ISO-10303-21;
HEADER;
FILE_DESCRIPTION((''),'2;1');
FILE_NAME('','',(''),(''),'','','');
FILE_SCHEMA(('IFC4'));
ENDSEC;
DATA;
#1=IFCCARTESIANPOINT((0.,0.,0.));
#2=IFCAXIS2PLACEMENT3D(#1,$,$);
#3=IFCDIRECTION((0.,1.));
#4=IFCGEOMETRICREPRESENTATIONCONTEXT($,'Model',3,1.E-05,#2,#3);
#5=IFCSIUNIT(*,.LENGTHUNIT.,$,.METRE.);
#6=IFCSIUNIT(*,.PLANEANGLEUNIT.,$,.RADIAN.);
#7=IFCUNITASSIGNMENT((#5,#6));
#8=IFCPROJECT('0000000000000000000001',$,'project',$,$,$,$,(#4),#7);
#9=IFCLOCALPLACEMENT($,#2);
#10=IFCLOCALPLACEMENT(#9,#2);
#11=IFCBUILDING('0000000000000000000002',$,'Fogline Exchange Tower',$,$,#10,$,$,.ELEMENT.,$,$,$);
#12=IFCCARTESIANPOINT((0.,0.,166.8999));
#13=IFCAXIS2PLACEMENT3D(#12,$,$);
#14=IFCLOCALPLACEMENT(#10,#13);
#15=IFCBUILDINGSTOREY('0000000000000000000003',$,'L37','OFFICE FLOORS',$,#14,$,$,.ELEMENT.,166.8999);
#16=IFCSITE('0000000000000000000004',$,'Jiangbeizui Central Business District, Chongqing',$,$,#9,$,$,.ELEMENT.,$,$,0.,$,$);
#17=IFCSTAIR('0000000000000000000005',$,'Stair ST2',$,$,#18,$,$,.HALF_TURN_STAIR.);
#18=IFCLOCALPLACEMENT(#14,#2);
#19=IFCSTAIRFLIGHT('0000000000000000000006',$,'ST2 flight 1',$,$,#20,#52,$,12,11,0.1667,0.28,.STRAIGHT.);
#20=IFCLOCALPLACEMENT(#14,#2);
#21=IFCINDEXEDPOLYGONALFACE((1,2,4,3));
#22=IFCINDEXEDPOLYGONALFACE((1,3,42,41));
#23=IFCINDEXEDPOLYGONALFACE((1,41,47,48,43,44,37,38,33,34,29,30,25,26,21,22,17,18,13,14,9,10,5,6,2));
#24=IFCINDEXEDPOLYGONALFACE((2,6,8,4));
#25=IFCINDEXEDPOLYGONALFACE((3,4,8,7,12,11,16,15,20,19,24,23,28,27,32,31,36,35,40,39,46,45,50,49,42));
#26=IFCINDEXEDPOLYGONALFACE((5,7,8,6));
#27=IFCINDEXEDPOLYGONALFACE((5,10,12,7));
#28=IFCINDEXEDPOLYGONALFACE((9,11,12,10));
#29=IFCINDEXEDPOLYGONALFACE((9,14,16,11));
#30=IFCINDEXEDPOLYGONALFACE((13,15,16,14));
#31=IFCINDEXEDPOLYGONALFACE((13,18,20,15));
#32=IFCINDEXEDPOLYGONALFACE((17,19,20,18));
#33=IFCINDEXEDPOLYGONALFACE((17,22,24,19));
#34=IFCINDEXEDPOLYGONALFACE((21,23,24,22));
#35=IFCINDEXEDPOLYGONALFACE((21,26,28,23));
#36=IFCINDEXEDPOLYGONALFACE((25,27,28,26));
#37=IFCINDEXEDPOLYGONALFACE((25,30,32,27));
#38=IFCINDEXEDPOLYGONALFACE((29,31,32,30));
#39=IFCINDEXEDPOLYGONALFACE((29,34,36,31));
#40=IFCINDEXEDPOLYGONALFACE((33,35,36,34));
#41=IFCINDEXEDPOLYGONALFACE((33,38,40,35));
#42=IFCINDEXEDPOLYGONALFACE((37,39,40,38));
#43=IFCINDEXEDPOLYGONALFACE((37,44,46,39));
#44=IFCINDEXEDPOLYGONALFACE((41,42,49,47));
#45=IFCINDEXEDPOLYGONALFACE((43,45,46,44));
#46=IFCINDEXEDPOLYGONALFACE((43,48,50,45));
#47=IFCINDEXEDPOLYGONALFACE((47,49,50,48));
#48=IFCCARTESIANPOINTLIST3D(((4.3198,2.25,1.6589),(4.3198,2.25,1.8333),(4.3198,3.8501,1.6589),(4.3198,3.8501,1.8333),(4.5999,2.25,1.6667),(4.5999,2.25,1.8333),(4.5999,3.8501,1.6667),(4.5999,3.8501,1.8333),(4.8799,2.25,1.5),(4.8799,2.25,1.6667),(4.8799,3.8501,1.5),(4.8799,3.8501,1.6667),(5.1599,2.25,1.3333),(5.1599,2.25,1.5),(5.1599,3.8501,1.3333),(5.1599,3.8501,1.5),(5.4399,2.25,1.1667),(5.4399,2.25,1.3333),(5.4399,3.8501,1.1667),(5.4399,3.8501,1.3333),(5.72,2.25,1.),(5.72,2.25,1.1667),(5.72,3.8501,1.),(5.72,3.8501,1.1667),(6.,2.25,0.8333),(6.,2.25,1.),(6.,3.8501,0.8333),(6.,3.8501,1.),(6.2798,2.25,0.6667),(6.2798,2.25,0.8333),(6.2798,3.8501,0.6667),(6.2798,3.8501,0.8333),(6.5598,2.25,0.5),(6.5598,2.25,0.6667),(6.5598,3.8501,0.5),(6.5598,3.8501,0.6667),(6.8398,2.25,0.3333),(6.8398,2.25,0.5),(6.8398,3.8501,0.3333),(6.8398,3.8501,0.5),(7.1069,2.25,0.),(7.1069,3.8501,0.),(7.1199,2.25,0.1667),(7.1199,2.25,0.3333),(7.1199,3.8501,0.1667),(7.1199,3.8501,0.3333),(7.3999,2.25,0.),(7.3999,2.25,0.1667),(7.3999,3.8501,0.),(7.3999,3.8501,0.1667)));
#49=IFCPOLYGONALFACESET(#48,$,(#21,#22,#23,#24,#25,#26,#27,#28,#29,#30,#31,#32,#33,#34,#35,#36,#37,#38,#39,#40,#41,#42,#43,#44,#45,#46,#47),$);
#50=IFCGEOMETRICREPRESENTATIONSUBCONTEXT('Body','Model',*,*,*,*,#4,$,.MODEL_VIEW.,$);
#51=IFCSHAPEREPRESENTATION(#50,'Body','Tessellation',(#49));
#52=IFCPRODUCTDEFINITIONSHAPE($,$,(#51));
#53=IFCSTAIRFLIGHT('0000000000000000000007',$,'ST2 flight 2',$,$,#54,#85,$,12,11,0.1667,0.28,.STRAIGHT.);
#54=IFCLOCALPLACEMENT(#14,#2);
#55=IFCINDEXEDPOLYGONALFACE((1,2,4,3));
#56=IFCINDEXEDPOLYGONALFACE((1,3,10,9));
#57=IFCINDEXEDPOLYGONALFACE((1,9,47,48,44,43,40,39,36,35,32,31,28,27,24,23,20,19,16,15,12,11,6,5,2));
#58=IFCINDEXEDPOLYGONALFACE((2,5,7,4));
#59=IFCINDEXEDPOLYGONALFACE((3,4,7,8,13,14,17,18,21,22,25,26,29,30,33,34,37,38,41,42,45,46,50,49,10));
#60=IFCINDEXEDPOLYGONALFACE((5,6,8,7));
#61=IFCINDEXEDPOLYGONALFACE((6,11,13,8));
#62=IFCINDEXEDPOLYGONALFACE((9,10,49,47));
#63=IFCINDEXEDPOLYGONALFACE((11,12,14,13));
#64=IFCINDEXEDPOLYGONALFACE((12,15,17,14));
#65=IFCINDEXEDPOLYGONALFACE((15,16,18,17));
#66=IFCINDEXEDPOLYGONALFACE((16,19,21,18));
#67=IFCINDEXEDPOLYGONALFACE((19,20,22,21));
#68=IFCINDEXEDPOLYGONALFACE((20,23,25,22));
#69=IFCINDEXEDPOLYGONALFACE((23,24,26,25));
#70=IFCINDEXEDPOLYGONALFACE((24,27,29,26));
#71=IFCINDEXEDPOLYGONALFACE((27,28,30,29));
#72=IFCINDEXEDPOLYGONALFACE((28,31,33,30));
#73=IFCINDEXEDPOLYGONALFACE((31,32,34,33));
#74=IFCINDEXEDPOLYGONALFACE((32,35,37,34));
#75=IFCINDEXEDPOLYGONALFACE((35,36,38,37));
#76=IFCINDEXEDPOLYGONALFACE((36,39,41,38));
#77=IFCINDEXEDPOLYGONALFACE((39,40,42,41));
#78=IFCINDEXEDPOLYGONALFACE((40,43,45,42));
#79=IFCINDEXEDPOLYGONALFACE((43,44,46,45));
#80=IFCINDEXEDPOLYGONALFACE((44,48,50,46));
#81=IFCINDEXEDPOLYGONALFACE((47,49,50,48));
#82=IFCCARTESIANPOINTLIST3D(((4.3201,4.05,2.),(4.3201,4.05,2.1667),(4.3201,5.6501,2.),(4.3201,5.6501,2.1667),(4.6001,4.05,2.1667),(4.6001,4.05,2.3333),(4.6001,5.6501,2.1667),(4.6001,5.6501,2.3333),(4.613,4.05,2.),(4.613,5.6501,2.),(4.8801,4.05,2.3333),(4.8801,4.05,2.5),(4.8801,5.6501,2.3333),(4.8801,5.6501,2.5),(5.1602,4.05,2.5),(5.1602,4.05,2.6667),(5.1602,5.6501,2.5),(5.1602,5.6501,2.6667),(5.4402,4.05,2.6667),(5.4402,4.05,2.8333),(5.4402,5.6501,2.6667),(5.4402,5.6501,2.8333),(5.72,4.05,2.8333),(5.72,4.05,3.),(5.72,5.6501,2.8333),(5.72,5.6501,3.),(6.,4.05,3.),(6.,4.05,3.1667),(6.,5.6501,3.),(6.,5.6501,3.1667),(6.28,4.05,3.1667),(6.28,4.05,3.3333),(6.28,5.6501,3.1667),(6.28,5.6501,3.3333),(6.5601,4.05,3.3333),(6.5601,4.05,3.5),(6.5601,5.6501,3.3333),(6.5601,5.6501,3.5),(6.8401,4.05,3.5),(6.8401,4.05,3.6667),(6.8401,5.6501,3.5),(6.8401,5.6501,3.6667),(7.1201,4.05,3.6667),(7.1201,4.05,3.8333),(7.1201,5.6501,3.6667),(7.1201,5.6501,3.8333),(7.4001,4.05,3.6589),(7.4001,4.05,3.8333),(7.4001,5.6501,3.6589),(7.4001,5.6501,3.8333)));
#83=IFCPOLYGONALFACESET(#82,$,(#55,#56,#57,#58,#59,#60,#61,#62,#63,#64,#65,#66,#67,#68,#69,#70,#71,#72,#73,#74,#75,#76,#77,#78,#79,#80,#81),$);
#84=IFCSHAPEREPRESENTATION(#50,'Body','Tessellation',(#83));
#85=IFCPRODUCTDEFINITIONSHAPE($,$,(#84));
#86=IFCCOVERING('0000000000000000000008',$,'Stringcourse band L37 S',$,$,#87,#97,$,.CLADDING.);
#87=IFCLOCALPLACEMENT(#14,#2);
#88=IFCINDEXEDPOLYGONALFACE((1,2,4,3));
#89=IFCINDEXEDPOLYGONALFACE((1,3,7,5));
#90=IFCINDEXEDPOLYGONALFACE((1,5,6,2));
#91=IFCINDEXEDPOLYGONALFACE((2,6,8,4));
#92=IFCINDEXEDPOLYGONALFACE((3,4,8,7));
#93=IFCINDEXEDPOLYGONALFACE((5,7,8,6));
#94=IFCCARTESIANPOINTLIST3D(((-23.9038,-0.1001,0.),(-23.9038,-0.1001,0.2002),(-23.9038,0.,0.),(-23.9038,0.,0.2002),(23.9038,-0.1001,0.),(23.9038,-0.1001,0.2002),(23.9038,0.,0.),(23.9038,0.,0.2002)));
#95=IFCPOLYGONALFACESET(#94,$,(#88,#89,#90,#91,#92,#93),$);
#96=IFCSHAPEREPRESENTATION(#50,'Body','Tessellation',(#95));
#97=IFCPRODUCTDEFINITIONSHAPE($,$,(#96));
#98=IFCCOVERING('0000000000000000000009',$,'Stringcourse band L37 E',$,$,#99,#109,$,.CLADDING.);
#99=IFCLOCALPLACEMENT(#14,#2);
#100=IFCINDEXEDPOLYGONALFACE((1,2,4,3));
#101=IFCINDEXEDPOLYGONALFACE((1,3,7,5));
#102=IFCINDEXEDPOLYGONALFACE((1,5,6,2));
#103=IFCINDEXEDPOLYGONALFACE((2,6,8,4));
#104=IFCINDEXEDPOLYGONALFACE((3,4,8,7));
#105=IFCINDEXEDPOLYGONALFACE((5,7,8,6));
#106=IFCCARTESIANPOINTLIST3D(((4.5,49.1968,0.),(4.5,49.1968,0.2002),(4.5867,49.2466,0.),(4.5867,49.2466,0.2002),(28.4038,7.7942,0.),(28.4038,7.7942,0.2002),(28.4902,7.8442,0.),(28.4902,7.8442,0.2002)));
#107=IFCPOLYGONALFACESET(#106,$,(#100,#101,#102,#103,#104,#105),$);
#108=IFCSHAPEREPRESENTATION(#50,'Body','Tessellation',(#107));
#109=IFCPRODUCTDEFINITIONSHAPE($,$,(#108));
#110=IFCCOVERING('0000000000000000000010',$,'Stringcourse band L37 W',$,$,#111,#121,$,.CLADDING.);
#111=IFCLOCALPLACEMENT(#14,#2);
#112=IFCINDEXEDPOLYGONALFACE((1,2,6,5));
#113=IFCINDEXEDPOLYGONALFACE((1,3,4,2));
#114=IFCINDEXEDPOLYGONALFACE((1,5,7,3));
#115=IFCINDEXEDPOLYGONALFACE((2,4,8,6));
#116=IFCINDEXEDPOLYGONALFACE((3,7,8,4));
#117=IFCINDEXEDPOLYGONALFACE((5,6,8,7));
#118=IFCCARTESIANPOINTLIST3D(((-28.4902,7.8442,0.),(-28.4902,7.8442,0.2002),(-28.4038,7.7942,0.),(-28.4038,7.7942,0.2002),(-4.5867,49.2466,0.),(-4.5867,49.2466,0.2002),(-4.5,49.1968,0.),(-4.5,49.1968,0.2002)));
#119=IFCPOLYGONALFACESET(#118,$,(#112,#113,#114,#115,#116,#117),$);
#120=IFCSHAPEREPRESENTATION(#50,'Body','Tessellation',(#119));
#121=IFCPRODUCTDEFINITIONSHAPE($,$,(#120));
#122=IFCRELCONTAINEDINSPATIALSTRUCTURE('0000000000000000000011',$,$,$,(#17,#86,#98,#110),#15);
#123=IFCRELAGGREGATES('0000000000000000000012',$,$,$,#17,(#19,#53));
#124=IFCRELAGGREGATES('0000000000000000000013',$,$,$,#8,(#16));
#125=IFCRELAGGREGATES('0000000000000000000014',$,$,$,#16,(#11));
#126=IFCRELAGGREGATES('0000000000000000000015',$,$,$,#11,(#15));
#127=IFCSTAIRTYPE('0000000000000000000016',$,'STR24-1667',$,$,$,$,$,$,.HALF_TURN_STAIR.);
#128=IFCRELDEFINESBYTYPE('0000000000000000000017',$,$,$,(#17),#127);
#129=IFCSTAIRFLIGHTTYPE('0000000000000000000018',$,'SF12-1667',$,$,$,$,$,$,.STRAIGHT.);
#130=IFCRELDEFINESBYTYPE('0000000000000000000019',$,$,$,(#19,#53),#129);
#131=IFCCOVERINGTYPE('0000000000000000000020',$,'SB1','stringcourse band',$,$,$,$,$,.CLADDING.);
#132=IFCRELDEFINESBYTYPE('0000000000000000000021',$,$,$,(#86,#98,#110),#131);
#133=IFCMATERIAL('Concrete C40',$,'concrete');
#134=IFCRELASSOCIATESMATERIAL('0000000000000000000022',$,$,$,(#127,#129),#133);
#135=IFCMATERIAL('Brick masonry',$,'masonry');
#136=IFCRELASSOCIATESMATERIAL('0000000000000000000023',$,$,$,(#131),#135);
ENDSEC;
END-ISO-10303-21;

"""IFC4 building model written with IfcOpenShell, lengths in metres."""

from ifc_helpers import new_model, si_unit, direction, frame, origin, place, context, subcontext, project, spatial, polyline, outline, extrude, material, type_object, element, aggregate, save


model = new_model("IFC4")

# Units and contexts
model_context = context("Model", 3, precision=1e-05, world=origin(), true_north=direction((0.0, 1.0)))
body_context = subcontext(model_context, "Body", "Model", "MODEL_VIEW")
ifc_project = project(units=[si_unit("LENGTHUNIT", "METRE"), si_unit("PLANEANGLEUNIT", "RADIAN")], contexts=[model_context])

# Site, building, storey
site_placement = place(None, origin())
site = spatial("IfcSite", under=ifc_project, at=site_placement, Name="Jiangbeizui Central Business District, Chongqing", CompositionType="ELEMENT", RefElevation=0.0)
building_placement = place(site_placement, origin())
building = spatial("IfcBuilding", under=site, at=building_placement, Name="Fogline Exchange Tower", CompositionType="ELEMENT")
storey_placement = place(building_placement, frame((0.0, 0.0, 166.8999)))
storey = spatial("IfcBuildingStorey", under=building, at=storey_placement, Name="L37", Description="OFFICE FLOORS", CompositionType="ELEMENT", Elevation=166.8999)

# Shared definitions
ifc_material_1 = material(Name="Concrete C40", Category="concrete")

# Stair
stair_type = type_object("IfcStairType", Name="STR24-1667", PredefinedType="HALF_TURN_STAIR", material=ifc_material_1)
stair_1_placement = place(storey_placement, origin())
stair_1 = element("IfcStair", 1, at=stair_1_placement, inside=storey, type_object=stair_type, Name="Stair ST2", PredefinedType="HALF_TURN_STAIR")

# Stair flights
stair_flight_type = type_object("IfcStairFlightType", Name="SF12-1667", PredefinedType="STRAIGHT", material=ifc_material_1)
stair_flight_1_placement = place(storey_placement, frame((7.3999, 3.05, 0.0), z_axis=(0.0, 0.0, 1.0), x_axis=(-1.0, 0.0, 0.0)))
stair_flight_1 = element("IfcStairFlight", 2, at=stair_flight_1_placement, type_object=stair_flight_type, Name="ST2 flight 1", NumberOfRisers=12, NumberOfTreads=11, PredefinedType="STRAIGHT", RiserHeight=0.1667, TreadLength=0.28, context=body_context, shape_type="SweptSolid", body=[
    extrude(outline(polyline([(0.0, 0.0), (0.0, 0.1667), (0.28, 0.1667), (0.28, 0.3333), (0.5601, 0.3333), (0.5601, 0.5), (0.8401, 0.5), (0.8401, 0.6667), (1.1201, 0.6667), (1.1201, 0.8333), (1.3999, 0.8333), (1.3999, 1.0), (1.6799, 1.0), (1.6799, 1.1667), (1.96, 1.1667), (1.96, 1.3333), (2.24, 1.3333), (2.24, 1.5), (2.52, 1.5), (2.52, 1.6667), (2.8, 1.6667), (2.8, 1.8333), (3.0801, 1.8333), (3.0801, 2.0), (3.0801, 1.6589), (0.293, 0.0), (0.0, 0.0)])), frame((0.0, 0.8, 0.0), z_axis=(0.0, -1.0, 0.0), x_axis=(1.0, 0.0, 0.0)), (0.0, 0.0, 1.0), 1.6001),
])
stair_flight_2_placement = place(storey_placement, frame((4.3201, 4.8501, 2.0), z_axis=(0.0, 0.0, 1.0), x_axis=(1.0, 0.0, 0.0)))
stair_flight_2 = element("IfcStairFlight", 3, at=stair_flight_2_placement, type_object=stair_flight_type, Name="ST2 flight 2", NumberOfRisers=12, NumberOfTreads=11, PredefinedType="STRAIGHT", RiserHeight=0.1667, TreadLength=0.28, context=body_context, shape_type="SweptSolid", body=[
    extrude(outline(polyline([(0.0, 0.0), (0.0, 0.1667), (0.28, 0.1667), (0.28, 0.3333), (0.5601, 0.3333), (0.5601, 0.5), (0.8401, 0.5), (0.8401, 0.6667), (1.1201, 0.6667), (1.1201, 0.8333), (1.3999, 0.8333), (1.3999, 1.0), (1.6799, 1.0), (1.6799, 1.1667), (1.96, 1.1667), (1.96, 1.3333), (2.24, 1.3333), (2.24, 1.5), (2.52, 1.5), (2.52, 1.6667), (2.8, 1.6667), (2.8, 1.8333), (3.0801, 1.8333), (3.0801, 2.0), (3.0801, 1.6589), (0.293, 0.0), (0.0, 0.0)])), frame((0.0, 0.8, 0.0), z_axis=(0.0, -1.0, 0.0), x_axis=(1.0, 0.0, 0.0)), (0.0, 0.0, 1.0), 1.6001),
])
aggregate(stair_1, [stair_flight_1, stair_flight_2])

# Coverings
ifc_material_2 = material(Name="Brick masonry", Category="masonry")
covering_type = type_object("IfcCoveringType", Name="SB1", Description="stringcourse band", PredefinedType="CLADDING", material=ifc_material_2)
covering_1_placement = place(storey_placement, origin())
element("IfcCovering", 4, at=covering_1_placement, inside=storey, type_object=covering_type, Name="Stringcourse band L37 S", PredefinedType="CLADDING", context=body_context, shape_type="SweptSolid", body=[
    extrude(outline(polyline([(-23.9038, 0.0), (-23.9038, -0.1001), (23.9038, -0.1001), (23.9038, 0.0), (-23.9038, 0.0)])), origin(), (0.0, 0.0, 1.0), 0.2002),
])
covering_2_placement = place(storey_placement, origin())
element("IfcCovering", 5, at=covering_2_placement, inside=storey, type_object=covering_type, Name="Stringcourse band L37 E", PredefinedType="CLADDING", context=body_context, shape_type="SweptSolid", body=[
    extrude(outline(polyline([(28.4038, 7.7942), (28.4902, 7.8442), (4.5867, 49.2466), (4.5, 49.1968), (28.4038, 7.7942)])), origin(), (0.0, 0.0, 1.0), 0.2002),
])
covering_3_placement = place(storey_placement, origin())
element("IfcCovering", 6, at=covering_3_placement, inside=storey, type_object=covering_type, Name="Stringcourse band L37 W", PredefinedType="CLADDING", context=body_context, shape_type="SweptSolid", body=[
    extrude(outline(polyline([(-4.5, 49.1968), (-4.5867, 49.2466), (-28.4902, 7.8442), (-28.4038, 7.7942), (-4.5, 49.1968)])), origin(), (0.0, 0.0, 1.0), 0.2002),
])

save(model, "model.ifc")
